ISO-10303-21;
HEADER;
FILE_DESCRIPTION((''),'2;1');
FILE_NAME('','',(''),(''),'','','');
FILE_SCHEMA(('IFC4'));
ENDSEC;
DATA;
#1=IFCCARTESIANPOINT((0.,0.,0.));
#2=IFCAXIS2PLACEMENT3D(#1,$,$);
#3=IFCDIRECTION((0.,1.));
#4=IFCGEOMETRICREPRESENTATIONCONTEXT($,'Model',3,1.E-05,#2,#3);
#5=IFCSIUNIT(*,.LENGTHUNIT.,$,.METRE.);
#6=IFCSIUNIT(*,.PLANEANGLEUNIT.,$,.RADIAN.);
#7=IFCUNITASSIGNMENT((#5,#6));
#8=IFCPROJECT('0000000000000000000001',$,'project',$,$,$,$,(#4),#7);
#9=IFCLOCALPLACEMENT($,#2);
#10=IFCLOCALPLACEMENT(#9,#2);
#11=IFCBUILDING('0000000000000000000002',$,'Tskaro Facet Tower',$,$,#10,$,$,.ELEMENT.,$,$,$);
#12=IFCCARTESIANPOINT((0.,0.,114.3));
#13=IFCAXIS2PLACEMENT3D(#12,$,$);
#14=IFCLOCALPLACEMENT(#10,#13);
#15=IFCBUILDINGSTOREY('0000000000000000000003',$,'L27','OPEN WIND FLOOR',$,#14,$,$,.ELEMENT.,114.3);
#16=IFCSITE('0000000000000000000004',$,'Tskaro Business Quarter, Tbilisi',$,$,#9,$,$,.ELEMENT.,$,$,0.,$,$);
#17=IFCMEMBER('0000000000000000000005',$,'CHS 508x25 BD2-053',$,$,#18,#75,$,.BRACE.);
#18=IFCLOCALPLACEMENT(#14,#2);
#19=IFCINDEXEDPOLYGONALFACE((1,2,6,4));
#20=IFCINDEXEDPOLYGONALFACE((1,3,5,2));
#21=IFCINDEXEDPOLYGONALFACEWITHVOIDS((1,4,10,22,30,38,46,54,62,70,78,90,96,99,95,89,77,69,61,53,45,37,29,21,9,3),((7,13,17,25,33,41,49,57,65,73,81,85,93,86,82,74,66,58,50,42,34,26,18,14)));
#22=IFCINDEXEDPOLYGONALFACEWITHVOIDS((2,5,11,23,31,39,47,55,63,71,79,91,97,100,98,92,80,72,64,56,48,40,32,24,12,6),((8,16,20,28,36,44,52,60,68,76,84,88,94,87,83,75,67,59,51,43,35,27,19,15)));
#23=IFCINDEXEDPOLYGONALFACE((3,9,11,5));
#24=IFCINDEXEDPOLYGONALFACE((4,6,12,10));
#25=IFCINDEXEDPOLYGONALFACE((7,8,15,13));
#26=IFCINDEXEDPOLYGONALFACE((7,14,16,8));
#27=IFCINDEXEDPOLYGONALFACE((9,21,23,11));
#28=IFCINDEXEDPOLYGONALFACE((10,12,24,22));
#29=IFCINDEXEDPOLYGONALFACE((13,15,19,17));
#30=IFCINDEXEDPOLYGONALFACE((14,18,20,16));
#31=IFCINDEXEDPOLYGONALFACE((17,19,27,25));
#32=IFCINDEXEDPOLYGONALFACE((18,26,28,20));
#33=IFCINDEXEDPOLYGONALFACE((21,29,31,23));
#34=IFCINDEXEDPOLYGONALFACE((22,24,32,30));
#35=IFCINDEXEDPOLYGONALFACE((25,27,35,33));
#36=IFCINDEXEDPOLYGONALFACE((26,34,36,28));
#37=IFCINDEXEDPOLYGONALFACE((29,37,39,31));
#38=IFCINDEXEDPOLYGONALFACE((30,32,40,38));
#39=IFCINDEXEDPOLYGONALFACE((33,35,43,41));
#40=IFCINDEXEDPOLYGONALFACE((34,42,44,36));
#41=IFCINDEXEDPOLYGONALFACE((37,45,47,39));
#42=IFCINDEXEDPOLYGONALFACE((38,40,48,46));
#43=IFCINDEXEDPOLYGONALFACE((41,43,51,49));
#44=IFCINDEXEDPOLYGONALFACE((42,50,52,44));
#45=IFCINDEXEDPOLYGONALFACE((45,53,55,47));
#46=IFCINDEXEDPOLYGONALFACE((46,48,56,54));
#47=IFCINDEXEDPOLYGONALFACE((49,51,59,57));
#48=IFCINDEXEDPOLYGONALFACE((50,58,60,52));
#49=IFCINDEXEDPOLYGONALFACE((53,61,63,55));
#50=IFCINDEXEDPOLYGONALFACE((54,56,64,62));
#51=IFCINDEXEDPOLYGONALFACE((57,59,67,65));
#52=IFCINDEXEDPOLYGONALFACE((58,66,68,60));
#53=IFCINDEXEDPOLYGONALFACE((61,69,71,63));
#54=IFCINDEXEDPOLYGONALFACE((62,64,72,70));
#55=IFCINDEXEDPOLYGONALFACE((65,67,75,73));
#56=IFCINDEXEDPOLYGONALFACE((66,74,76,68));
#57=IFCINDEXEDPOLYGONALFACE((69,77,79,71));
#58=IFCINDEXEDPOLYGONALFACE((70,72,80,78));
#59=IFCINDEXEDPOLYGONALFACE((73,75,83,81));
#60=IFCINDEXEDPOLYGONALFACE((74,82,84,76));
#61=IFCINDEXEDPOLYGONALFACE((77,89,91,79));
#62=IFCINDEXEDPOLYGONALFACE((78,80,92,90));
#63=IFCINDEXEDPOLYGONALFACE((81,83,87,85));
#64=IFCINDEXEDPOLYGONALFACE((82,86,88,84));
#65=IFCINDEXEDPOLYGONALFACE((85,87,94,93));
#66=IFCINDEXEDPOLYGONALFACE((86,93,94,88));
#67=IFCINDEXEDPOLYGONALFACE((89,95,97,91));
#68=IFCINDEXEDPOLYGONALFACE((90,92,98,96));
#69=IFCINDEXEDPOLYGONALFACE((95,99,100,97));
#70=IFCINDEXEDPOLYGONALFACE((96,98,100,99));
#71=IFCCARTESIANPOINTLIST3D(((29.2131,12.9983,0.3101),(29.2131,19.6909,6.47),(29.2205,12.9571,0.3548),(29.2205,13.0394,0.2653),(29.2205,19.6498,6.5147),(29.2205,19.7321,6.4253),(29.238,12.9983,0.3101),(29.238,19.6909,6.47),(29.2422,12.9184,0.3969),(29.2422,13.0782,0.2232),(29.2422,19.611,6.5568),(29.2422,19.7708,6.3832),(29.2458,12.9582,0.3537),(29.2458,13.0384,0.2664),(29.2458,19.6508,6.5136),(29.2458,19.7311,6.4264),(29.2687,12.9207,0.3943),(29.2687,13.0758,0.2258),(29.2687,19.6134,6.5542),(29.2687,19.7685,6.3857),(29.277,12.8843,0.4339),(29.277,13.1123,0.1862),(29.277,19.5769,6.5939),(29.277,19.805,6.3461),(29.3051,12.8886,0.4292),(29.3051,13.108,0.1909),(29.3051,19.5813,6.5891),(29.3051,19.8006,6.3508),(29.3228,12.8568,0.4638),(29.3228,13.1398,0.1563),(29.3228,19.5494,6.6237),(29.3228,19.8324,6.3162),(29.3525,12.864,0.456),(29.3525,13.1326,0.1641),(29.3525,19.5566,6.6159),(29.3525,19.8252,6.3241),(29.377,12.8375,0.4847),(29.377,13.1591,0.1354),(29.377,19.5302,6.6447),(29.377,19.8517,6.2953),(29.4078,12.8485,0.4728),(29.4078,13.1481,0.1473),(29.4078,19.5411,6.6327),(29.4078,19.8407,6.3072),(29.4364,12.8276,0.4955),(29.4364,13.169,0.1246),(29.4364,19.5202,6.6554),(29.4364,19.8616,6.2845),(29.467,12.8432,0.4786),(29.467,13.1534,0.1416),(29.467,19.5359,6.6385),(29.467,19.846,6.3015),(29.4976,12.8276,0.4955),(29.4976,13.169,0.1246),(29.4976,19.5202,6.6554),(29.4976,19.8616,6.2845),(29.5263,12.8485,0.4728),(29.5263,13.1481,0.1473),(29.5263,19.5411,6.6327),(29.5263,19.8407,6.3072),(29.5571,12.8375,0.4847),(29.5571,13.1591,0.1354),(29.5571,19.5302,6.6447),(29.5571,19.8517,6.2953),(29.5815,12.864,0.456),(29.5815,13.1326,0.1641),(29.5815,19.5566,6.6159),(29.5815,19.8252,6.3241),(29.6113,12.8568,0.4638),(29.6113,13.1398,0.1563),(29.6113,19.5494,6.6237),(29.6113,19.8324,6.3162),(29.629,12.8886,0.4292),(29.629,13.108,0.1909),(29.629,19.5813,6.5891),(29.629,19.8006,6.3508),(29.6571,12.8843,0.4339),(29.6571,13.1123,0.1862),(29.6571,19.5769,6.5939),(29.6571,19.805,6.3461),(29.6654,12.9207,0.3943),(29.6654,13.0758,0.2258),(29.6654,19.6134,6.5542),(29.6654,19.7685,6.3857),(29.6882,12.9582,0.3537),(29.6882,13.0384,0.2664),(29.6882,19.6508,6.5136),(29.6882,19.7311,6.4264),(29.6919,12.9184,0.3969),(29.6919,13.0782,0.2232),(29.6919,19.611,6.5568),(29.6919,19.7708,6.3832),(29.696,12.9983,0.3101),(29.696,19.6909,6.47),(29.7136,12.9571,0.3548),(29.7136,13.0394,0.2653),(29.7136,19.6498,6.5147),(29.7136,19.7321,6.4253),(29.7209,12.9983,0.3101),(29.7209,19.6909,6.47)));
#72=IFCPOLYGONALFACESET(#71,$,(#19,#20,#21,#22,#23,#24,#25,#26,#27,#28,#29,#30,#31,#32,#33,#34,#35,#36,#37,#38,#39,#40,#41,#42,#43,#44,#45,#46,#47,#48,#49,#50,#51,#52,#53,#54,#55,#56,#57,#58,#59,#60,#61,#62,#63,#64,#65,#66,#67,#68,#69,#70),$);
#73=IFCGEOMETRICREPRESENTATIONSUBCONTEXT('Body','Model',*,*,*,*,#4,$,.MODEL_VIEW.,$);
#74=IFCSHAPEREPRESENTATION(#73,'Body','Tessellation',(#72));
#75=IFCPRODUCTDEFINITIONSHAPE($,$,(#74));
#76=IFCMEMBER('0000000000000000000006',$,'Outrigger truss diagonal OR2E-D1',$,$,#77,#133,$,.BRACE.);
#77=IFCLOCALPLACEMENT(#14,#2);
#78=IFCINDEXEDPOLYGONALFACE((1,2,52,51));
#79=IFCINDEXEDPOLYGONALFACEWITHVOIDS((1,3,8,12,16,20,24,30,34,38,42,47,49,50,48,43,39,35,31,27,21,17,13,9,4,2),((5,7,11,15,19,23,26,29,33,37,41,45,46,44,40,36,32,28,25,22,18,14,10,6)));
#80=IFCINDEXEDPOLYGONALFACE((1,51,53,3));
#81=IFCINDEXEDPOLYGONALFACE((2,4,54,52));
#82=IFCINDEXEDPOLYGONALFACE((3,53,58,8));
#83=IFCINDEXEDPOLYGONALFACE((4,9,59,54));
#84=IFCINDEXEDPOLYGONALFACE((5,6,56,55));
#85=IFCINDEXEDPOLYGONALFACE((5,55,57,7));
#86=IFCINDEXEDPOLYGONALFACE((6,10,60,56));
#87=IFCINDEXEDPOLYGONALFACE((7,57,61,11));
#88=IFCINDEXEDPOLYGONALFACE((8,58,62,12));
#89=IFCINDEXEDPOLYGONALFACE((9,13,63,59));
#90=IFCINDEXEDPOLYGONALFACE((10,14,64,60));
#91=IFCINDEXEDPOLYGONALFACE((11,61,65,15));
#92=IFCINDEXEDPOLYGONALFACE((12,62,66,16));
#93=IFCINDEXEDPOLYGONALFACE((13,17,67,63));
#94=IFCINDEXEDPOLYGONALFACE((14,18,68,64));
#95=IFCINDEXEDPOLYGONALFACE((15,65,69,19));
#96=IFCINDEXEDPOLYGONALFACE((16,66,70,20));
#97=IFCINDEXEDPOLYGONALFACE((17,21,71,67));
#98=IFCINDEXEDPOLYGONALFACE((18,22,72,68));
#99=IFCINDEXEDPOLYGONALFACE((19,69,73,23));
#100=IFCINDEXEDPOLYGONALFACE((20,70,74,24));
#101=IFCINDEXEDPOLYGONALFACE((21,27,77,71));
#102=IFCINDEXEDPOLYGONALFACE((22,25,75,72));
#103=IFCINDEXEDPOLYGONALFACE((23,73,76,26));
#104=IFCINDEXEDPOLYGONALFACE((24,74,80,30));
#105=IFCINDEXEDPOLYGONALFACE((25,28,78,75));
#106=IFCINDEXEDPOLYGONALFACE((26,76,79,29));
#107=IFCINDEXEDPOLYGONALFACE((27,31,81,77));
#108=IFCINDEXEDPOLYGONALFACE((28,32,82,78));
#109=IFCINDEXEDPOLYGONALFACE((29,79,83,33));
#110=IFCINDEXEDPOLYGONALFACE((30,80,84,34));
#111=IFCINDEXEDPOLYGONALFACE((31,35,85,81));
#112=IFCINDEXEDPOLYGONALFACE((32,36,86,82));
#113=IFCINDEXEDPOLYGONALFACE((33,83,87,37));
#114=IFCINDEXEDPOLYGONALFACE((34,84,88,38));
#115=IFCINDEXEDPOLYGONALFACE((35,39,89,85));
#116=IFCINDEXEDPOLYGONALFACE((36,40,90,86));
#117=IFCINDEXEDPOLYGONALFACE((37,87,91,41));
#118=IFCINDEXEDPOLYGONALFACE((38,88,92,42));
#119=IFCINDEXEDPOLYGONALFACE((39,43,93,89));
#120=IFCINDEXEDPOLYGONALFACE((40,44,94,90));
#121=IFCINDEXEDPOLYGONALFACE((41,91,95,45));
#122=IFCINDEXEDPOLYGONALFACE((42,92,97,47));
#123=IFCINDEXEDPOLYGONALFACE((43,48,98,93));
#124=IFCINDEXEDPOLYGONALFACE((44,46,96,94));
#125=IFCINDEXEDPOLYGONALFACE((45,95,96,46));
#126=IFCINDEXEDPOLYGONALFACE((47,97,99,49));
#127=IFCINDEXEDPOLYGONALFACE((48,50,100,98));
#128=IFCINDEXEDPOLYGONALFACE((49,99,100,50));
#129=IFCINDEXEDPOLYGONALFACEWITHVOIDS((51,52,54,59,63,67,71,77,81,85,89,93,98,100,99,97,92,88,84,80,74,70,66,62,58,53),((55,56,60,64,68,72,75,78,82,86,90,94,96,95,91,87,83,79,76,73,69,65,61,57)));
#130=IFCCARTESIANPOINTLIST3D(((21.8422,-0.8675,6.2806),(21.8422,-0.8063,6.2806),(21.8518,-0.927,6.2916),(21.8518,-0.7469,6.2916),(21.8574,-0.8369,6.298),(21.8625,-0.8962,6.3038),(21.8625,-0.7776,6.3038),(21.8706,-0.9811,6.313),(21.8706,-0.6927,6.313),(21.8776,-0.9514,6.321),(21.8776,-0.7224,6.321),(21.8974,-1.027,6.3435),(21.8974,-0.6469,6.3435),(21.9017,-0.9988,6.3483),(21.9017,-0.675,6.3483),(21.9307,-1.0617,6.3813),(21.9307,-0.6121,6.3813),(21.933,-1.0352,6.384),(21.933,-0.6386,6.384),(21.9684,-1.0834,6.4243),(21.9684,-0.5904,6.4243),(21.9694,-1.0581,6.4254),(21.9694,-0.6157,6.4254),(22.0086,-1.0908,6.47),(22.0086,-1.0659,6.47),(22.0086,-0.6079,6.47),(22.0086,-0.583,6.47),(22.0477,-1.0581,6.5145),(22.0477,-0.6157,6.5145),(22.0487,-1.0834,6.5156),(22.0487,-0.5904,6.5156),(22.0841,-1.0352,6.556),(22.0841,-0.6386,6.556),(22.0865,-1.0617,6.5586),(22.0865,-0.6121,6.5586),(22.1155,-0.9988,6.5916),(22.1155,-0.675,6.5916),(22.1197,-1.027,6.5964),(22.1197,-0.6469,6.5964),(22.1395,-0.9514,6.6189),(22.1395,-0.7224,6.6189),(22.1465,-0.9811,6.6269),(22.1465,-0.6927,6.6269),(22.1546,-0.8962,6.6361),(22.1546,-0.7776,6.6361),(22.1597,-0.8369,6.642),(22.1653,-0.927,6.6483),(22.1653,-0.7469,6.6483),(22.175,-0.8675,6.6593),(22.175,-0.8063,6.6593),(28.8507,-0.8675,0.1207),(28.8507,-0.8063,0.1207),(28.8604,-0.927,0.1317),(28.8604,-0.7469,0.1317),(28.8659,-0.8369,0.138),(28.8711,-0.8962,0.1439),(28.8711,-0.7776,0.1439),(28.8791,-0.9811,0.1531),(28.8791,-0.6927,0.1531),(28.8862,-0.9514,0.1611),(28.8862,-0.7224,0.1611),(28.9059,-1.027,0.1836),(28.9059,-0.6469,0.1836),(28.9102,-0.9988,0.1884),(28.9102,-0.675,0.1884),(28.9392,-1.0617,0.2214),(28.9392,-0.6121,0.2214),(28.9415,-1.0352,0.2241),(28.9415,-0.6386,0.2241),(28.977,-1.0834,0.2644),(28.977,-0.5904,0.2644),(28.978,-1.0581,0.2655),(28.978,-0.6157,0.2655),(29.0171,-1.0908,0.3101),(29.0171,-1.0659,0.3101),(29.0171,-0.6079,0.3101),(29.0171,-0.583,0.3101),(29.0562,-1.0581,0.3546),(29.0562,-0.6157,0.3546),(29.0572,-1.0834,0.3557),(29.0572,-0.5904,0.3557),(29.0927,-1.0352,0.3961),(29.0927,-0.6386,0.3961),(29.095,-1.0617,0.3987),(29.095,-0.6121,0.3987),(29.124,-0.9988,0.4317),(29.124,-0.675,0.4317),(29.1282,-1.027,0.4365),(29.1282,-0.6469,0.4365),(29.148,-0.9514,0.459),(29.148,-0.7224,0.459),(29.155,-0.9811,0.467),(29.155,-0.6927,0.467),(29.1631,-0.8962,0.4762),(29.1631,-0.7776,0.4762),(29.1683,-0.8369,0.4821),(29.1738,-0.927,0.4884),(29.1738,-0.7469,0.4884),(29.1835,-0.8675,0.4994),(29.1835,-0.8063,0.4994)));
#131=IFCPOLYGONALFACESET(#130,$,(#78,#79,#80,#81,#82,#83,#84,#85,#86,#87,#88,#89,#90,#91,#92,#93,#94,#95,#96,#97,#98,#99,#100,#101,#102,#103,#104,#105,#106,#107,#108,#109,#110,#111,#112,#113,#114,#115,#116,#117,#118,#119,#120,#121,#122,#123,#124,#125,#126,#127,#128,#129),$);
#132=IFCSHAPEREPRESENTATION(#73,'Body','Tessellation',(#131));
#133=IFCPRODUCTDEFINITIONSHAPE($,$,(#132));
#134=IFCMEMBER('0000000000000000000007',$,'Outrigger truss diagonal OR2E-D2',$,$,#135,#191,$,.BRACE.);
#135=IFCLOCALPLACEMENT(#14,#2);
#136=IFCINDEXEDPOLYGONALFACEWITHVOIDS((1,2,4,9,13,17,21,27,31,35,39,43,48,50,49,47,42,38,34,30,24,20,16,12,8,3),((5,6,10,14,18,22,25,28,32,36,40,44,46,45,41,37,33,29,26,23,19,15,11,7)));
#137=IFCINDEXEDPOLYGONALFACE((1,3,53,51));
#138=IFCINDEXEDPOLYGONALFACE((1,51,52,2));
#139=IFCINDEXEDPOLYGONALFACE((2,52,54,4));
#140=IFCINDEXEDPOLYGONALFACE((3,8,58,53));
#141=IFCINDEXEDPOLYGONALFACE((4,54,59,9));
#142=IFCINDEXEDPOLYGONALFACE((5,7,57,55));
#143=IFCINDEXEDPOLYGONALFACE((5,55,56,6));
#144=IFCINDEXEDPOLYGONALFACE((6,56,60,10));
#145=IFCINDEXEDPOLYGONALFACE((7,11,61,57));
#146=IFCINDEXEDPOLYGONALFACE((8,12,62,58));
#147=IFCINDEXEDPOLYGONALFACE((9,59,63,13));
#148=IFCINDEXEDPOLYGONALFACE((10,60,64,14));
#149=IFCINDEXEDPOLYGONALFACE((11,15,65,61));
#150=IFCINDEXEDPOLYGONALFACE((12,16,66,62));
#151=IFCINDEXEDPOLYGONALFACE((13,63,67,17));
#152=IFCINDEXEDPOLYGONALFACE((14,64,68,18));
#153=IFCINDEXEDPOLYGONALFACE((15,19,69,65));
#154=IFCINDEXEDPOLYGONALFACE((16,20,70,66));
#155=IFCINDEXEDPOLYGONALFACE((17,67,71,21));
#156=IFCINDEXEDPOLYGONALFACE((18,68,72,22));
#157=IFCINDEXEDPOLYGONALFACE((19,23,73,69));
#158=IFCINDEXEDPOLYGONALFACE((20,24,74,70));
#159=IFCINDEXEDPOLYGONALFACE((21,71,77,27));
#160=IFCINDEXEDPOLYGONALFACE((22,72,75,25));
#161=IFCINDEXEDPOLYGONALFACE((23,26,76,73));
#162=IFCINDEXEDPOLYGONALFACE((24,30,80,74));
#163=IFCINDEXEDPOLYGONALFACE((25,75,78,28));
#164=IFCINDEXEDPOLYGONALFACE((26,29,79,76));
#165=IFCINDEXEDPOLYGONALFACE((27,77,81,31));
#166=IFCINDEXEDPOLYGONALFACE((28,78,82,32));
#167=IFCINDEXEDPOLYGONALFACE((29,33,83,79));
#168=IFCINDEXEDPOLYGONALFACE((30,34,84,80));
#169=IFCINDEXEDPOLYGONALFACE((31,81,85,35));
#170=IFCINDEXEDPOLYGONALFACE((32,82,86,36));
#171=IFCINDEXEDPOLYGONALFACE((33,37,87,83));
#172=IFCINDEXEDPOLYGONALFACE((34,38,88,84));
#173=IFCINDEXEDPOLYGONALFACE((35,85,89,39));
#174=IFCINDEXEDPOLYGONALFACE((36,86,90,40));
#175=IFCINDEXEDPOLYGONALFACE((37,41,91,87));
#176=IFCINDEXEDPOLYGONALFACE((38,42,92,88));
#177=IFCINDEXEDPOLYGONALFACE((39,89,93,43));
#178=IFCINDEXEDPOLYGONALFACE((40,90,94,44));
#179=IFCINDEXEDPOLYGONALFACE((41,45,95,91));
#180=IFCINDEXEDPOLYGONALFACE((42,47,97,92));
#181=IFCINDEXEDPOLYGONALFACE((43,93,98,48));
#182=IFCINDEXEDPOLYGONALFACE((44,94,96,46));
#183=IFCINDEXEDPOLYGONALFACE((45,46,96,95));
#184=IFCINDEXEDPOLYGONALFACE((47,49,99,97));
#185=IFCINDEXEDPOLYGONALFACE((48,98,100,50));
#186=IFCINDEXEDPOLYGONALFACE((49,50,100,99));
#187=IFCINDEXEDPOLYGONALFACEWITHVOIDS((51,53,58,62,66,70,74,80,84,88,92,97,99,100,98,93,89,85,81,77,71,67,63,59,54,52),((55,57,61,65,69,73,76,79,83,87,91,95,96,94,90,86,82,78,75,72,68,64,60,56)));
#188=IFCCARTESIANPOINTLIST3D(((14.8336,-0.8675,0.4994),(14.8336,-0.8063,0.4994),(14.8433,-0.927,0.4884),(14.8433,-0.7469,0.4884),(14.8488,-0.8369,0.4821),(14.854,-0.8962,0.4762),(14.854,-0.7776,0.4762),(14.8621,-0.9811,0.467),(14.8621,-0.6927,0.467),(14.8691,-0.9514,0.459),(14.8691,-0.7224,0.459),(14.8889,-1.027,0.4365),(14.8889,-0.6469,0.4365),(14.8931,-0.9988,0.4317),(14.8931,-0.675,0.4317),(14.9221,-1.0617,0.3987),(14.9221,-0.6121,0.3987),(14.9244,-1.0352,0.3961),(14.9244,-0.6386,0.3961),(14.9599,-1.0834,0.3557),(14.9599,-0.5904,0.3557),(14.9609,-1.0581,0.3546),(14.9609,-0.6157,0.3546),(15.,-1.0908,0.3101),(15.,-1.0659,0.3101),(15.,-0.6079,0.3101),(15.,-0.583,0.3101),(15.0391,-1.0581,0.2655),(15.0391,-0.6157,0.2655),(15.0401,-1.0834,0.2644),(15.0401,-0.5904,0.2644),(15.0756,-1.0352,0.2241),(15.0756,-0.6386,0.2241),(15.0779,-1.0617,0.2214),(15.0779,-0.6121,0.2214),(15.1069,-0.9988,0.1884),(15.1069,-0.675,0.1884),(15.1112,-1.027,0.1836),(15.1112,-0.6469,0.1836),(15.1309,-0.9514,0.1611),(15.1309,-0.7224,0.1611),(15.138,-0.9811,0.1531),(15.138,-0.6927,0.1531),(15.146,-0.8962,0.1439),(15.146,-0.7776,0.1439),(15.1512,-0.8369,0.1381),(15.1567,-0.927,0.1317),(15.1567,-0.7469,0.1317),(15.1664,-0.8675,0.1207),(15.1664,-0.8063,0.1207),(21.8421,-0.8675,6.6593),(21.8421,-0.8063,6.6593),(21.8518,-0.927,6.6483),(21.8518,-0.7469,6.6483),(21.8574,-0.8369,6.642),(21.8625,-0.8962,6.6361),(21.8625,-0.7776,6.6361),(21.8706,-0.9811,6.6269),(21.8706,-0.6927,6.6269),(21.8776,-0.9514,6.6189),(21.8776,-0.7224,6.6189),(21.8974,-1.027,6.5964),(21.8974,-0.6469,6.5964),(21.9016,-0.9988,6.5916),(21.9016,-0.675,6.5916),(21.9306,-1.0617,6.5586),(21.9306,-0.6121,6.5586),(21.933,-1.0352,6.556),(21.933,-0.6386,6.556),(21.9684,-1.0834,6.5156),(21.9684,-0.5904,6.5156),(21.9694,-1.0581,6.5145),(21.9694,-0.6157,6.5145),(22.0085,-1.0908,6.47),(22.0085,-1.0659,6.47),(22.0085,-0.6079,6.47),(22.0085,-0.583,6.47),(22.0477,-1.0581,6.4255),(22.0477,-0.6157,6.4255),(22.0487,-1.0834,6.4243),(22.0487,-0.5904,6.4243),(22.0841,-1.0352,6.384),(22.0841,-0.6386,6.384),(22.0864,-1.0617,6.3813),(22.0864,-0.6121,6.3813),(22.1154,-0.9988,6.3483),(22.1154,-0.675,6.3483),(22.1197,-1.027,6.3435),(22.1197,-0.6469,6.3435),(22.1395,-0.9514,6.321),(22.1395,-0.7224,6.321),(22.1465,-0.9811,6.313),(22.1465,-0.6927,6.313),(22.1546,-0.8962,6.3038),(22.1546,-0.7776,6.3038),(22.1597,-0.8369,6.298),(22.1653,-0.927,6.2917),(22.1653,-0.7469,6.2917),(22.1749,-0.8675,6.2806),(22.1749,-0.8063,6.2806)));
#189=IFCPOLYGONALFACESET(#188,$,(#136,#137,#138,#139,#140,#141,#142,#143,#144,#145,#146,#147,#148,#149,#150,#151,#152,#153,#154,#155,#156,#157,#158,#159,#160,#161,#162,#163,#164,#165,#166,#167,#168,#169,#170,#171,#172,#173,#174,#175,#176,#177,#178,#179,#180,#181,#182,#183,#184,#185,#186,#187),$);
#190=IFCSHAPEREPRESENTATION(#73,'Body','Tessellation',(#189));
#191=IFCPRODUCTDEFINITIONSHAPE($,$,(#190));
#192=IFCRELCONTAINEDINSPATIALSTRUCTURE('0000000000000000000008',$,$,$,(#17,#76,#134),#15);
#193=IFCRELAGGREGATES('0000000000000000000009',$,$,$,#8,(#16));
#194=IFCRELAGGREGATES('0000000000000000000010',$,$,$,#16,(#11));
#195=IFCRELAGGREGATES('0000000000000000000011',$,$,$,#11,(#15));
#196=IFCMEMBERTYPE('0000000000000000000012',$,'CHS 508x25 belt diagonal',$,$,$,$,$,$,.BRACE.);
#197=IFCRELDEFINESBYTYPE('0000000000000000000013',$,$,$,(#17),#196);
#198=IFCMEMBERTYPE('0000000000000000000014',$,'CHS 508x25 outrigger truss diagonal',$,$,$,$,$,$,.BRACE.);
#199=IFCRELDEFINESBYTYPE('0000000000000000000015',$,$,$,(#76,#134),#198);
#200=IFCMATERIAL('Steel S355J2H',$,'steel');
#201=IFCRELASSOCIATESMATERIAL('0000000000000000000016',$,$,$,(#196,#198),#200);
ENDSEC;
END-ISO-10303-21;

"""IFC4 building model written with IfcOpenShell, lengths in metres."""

from ifc_helpers import new_model, si_unit, direction, frame, origin, origin_2d, place, context, subcontext, project, spatial, hollow_circle, extrude, material, material_profile, profile_set, type_object, element, save


model = new_model("IFC4")

# Units and contexts
model_context = context("Model", 3, precision=1e-05, world=origin(), true_north=direction((0.0, 1.0)))
body_context = subcontext(model_context, "Body", "Model", "MODEL_VIEW")
ifc_project = project(units=[si_unit("LENGTHUNIT", "METRE"), si_unit("PLANEANGLEUNIT", "RADIAN")], contexts=[model_context])

# Site, building, storey
site_placement = place(None, origin())
site = spatial("IfcSite", under=ifc_project, at=site_placement, Name="Tskaro Business Quarter, Tbilisi", CompositionType="ELEMENT", RefElevation=0.0)
building_placement = place(site_placement, origin())
building = spatial("IfcBuilding", under=site, at=building_placement, Name="Tskaro Facet Tower", CompositionType="ELEMENT")
storey_placement = place(building_placement, frame((0.0, 0.0, 114.3)))
storey = spatial("IfcBuildingStorey", under=building, at=storey_placement, Name="L27", Description="OPEN WIND FLOOR", CompositionType="ELEMENT", Elevation=114.3)

# Shared definitions
ifc_material_1 = material(Name="Steel S355J2H", Category="steel")

# Members
ifc_material_profile_1 = material_profile(ifc_material_1, hollow_circle(Radius=0.2539, WallThickness=0.0249, at=origin_2d()), Name="CHS 508x25")
ifc_profile_set_1 = profile_set([ifc_material_profile_1], Name="Steel S355J2H")
member_type_1 = type_object("IfcMemberType", Name="CHS 508x25 belt diagonal", PredefinedType="BRACE", material=ifc_profile_set_1)
for number, where, z_axis, x_axis, name in (
    (1, (29.467, 12.9983, 0.3101), (0.0, 0.735783, 0.677217), (-1.0, 0.0, 0.0), "CHS 508x25 BD2-053"),
):
    element("IfcMember", number, at=place(storey_placement, frame(where, z_axis=z_axis, x_axis=x_axis)), inside=storey, type_object=member_type_1, Name=name, PredefinedType="BRACE", context=body_context, shape_type="SweptSolid", body=[
        extrude(hollow_circle(Radius=0.2539, WallThickness=0.0249, at=origin_2d()), origin(), (0.0, 0.0, 1.0), 9.0959),
    ])
ifc_material_profile_2 = material_profile(ifc_material_1, hollow_circle(Radius=0.2539, WallThickness=0.0249, at=origin_2d()), Name="CHS 508x25")
ifc_profile_set_2 = profile_set([ifc_material_profile_2], Name="Steel S355J2H")
member_type_2 = type_object("IfcMemberType", Name="CHS 508x25 outrigger truss diagonal", PredefinedType="BRACE", material=ifc_profile_set_2)
for number, where, z_axis, x_axis, name in (
    (2, (29.0171, -0.8369, 0.3101), (-0.751118, 0.0, 0.660168), (0.0, -1.0, 0.0), "Outrigger truss diagonal OR2E-D1"),
    (3, (22.0085, -0.8369, 6.47), (-0.751118, 0.0, -0.660168), (0.0, -1.0, 0.0), "Outrigger truss diagonal OR2E-D2"),
):
    element("IfcMember", number, at=place(storey_placement, frame(where, z_axis=z_axis, x_axis=x_axis)), inside=storey, type_object=member_type_2, Name=name, PredefinedType="BRACE", context=body_context, shape_type="SweptSolid", body=[
        extrude(hollow_circle(Radius=0.2539, WallThickness=0.0249, at=origin_2d()), origin(), (0.0, 0.0, 1.0), 9.3308),
    ])

save(model, "model.ifc")
